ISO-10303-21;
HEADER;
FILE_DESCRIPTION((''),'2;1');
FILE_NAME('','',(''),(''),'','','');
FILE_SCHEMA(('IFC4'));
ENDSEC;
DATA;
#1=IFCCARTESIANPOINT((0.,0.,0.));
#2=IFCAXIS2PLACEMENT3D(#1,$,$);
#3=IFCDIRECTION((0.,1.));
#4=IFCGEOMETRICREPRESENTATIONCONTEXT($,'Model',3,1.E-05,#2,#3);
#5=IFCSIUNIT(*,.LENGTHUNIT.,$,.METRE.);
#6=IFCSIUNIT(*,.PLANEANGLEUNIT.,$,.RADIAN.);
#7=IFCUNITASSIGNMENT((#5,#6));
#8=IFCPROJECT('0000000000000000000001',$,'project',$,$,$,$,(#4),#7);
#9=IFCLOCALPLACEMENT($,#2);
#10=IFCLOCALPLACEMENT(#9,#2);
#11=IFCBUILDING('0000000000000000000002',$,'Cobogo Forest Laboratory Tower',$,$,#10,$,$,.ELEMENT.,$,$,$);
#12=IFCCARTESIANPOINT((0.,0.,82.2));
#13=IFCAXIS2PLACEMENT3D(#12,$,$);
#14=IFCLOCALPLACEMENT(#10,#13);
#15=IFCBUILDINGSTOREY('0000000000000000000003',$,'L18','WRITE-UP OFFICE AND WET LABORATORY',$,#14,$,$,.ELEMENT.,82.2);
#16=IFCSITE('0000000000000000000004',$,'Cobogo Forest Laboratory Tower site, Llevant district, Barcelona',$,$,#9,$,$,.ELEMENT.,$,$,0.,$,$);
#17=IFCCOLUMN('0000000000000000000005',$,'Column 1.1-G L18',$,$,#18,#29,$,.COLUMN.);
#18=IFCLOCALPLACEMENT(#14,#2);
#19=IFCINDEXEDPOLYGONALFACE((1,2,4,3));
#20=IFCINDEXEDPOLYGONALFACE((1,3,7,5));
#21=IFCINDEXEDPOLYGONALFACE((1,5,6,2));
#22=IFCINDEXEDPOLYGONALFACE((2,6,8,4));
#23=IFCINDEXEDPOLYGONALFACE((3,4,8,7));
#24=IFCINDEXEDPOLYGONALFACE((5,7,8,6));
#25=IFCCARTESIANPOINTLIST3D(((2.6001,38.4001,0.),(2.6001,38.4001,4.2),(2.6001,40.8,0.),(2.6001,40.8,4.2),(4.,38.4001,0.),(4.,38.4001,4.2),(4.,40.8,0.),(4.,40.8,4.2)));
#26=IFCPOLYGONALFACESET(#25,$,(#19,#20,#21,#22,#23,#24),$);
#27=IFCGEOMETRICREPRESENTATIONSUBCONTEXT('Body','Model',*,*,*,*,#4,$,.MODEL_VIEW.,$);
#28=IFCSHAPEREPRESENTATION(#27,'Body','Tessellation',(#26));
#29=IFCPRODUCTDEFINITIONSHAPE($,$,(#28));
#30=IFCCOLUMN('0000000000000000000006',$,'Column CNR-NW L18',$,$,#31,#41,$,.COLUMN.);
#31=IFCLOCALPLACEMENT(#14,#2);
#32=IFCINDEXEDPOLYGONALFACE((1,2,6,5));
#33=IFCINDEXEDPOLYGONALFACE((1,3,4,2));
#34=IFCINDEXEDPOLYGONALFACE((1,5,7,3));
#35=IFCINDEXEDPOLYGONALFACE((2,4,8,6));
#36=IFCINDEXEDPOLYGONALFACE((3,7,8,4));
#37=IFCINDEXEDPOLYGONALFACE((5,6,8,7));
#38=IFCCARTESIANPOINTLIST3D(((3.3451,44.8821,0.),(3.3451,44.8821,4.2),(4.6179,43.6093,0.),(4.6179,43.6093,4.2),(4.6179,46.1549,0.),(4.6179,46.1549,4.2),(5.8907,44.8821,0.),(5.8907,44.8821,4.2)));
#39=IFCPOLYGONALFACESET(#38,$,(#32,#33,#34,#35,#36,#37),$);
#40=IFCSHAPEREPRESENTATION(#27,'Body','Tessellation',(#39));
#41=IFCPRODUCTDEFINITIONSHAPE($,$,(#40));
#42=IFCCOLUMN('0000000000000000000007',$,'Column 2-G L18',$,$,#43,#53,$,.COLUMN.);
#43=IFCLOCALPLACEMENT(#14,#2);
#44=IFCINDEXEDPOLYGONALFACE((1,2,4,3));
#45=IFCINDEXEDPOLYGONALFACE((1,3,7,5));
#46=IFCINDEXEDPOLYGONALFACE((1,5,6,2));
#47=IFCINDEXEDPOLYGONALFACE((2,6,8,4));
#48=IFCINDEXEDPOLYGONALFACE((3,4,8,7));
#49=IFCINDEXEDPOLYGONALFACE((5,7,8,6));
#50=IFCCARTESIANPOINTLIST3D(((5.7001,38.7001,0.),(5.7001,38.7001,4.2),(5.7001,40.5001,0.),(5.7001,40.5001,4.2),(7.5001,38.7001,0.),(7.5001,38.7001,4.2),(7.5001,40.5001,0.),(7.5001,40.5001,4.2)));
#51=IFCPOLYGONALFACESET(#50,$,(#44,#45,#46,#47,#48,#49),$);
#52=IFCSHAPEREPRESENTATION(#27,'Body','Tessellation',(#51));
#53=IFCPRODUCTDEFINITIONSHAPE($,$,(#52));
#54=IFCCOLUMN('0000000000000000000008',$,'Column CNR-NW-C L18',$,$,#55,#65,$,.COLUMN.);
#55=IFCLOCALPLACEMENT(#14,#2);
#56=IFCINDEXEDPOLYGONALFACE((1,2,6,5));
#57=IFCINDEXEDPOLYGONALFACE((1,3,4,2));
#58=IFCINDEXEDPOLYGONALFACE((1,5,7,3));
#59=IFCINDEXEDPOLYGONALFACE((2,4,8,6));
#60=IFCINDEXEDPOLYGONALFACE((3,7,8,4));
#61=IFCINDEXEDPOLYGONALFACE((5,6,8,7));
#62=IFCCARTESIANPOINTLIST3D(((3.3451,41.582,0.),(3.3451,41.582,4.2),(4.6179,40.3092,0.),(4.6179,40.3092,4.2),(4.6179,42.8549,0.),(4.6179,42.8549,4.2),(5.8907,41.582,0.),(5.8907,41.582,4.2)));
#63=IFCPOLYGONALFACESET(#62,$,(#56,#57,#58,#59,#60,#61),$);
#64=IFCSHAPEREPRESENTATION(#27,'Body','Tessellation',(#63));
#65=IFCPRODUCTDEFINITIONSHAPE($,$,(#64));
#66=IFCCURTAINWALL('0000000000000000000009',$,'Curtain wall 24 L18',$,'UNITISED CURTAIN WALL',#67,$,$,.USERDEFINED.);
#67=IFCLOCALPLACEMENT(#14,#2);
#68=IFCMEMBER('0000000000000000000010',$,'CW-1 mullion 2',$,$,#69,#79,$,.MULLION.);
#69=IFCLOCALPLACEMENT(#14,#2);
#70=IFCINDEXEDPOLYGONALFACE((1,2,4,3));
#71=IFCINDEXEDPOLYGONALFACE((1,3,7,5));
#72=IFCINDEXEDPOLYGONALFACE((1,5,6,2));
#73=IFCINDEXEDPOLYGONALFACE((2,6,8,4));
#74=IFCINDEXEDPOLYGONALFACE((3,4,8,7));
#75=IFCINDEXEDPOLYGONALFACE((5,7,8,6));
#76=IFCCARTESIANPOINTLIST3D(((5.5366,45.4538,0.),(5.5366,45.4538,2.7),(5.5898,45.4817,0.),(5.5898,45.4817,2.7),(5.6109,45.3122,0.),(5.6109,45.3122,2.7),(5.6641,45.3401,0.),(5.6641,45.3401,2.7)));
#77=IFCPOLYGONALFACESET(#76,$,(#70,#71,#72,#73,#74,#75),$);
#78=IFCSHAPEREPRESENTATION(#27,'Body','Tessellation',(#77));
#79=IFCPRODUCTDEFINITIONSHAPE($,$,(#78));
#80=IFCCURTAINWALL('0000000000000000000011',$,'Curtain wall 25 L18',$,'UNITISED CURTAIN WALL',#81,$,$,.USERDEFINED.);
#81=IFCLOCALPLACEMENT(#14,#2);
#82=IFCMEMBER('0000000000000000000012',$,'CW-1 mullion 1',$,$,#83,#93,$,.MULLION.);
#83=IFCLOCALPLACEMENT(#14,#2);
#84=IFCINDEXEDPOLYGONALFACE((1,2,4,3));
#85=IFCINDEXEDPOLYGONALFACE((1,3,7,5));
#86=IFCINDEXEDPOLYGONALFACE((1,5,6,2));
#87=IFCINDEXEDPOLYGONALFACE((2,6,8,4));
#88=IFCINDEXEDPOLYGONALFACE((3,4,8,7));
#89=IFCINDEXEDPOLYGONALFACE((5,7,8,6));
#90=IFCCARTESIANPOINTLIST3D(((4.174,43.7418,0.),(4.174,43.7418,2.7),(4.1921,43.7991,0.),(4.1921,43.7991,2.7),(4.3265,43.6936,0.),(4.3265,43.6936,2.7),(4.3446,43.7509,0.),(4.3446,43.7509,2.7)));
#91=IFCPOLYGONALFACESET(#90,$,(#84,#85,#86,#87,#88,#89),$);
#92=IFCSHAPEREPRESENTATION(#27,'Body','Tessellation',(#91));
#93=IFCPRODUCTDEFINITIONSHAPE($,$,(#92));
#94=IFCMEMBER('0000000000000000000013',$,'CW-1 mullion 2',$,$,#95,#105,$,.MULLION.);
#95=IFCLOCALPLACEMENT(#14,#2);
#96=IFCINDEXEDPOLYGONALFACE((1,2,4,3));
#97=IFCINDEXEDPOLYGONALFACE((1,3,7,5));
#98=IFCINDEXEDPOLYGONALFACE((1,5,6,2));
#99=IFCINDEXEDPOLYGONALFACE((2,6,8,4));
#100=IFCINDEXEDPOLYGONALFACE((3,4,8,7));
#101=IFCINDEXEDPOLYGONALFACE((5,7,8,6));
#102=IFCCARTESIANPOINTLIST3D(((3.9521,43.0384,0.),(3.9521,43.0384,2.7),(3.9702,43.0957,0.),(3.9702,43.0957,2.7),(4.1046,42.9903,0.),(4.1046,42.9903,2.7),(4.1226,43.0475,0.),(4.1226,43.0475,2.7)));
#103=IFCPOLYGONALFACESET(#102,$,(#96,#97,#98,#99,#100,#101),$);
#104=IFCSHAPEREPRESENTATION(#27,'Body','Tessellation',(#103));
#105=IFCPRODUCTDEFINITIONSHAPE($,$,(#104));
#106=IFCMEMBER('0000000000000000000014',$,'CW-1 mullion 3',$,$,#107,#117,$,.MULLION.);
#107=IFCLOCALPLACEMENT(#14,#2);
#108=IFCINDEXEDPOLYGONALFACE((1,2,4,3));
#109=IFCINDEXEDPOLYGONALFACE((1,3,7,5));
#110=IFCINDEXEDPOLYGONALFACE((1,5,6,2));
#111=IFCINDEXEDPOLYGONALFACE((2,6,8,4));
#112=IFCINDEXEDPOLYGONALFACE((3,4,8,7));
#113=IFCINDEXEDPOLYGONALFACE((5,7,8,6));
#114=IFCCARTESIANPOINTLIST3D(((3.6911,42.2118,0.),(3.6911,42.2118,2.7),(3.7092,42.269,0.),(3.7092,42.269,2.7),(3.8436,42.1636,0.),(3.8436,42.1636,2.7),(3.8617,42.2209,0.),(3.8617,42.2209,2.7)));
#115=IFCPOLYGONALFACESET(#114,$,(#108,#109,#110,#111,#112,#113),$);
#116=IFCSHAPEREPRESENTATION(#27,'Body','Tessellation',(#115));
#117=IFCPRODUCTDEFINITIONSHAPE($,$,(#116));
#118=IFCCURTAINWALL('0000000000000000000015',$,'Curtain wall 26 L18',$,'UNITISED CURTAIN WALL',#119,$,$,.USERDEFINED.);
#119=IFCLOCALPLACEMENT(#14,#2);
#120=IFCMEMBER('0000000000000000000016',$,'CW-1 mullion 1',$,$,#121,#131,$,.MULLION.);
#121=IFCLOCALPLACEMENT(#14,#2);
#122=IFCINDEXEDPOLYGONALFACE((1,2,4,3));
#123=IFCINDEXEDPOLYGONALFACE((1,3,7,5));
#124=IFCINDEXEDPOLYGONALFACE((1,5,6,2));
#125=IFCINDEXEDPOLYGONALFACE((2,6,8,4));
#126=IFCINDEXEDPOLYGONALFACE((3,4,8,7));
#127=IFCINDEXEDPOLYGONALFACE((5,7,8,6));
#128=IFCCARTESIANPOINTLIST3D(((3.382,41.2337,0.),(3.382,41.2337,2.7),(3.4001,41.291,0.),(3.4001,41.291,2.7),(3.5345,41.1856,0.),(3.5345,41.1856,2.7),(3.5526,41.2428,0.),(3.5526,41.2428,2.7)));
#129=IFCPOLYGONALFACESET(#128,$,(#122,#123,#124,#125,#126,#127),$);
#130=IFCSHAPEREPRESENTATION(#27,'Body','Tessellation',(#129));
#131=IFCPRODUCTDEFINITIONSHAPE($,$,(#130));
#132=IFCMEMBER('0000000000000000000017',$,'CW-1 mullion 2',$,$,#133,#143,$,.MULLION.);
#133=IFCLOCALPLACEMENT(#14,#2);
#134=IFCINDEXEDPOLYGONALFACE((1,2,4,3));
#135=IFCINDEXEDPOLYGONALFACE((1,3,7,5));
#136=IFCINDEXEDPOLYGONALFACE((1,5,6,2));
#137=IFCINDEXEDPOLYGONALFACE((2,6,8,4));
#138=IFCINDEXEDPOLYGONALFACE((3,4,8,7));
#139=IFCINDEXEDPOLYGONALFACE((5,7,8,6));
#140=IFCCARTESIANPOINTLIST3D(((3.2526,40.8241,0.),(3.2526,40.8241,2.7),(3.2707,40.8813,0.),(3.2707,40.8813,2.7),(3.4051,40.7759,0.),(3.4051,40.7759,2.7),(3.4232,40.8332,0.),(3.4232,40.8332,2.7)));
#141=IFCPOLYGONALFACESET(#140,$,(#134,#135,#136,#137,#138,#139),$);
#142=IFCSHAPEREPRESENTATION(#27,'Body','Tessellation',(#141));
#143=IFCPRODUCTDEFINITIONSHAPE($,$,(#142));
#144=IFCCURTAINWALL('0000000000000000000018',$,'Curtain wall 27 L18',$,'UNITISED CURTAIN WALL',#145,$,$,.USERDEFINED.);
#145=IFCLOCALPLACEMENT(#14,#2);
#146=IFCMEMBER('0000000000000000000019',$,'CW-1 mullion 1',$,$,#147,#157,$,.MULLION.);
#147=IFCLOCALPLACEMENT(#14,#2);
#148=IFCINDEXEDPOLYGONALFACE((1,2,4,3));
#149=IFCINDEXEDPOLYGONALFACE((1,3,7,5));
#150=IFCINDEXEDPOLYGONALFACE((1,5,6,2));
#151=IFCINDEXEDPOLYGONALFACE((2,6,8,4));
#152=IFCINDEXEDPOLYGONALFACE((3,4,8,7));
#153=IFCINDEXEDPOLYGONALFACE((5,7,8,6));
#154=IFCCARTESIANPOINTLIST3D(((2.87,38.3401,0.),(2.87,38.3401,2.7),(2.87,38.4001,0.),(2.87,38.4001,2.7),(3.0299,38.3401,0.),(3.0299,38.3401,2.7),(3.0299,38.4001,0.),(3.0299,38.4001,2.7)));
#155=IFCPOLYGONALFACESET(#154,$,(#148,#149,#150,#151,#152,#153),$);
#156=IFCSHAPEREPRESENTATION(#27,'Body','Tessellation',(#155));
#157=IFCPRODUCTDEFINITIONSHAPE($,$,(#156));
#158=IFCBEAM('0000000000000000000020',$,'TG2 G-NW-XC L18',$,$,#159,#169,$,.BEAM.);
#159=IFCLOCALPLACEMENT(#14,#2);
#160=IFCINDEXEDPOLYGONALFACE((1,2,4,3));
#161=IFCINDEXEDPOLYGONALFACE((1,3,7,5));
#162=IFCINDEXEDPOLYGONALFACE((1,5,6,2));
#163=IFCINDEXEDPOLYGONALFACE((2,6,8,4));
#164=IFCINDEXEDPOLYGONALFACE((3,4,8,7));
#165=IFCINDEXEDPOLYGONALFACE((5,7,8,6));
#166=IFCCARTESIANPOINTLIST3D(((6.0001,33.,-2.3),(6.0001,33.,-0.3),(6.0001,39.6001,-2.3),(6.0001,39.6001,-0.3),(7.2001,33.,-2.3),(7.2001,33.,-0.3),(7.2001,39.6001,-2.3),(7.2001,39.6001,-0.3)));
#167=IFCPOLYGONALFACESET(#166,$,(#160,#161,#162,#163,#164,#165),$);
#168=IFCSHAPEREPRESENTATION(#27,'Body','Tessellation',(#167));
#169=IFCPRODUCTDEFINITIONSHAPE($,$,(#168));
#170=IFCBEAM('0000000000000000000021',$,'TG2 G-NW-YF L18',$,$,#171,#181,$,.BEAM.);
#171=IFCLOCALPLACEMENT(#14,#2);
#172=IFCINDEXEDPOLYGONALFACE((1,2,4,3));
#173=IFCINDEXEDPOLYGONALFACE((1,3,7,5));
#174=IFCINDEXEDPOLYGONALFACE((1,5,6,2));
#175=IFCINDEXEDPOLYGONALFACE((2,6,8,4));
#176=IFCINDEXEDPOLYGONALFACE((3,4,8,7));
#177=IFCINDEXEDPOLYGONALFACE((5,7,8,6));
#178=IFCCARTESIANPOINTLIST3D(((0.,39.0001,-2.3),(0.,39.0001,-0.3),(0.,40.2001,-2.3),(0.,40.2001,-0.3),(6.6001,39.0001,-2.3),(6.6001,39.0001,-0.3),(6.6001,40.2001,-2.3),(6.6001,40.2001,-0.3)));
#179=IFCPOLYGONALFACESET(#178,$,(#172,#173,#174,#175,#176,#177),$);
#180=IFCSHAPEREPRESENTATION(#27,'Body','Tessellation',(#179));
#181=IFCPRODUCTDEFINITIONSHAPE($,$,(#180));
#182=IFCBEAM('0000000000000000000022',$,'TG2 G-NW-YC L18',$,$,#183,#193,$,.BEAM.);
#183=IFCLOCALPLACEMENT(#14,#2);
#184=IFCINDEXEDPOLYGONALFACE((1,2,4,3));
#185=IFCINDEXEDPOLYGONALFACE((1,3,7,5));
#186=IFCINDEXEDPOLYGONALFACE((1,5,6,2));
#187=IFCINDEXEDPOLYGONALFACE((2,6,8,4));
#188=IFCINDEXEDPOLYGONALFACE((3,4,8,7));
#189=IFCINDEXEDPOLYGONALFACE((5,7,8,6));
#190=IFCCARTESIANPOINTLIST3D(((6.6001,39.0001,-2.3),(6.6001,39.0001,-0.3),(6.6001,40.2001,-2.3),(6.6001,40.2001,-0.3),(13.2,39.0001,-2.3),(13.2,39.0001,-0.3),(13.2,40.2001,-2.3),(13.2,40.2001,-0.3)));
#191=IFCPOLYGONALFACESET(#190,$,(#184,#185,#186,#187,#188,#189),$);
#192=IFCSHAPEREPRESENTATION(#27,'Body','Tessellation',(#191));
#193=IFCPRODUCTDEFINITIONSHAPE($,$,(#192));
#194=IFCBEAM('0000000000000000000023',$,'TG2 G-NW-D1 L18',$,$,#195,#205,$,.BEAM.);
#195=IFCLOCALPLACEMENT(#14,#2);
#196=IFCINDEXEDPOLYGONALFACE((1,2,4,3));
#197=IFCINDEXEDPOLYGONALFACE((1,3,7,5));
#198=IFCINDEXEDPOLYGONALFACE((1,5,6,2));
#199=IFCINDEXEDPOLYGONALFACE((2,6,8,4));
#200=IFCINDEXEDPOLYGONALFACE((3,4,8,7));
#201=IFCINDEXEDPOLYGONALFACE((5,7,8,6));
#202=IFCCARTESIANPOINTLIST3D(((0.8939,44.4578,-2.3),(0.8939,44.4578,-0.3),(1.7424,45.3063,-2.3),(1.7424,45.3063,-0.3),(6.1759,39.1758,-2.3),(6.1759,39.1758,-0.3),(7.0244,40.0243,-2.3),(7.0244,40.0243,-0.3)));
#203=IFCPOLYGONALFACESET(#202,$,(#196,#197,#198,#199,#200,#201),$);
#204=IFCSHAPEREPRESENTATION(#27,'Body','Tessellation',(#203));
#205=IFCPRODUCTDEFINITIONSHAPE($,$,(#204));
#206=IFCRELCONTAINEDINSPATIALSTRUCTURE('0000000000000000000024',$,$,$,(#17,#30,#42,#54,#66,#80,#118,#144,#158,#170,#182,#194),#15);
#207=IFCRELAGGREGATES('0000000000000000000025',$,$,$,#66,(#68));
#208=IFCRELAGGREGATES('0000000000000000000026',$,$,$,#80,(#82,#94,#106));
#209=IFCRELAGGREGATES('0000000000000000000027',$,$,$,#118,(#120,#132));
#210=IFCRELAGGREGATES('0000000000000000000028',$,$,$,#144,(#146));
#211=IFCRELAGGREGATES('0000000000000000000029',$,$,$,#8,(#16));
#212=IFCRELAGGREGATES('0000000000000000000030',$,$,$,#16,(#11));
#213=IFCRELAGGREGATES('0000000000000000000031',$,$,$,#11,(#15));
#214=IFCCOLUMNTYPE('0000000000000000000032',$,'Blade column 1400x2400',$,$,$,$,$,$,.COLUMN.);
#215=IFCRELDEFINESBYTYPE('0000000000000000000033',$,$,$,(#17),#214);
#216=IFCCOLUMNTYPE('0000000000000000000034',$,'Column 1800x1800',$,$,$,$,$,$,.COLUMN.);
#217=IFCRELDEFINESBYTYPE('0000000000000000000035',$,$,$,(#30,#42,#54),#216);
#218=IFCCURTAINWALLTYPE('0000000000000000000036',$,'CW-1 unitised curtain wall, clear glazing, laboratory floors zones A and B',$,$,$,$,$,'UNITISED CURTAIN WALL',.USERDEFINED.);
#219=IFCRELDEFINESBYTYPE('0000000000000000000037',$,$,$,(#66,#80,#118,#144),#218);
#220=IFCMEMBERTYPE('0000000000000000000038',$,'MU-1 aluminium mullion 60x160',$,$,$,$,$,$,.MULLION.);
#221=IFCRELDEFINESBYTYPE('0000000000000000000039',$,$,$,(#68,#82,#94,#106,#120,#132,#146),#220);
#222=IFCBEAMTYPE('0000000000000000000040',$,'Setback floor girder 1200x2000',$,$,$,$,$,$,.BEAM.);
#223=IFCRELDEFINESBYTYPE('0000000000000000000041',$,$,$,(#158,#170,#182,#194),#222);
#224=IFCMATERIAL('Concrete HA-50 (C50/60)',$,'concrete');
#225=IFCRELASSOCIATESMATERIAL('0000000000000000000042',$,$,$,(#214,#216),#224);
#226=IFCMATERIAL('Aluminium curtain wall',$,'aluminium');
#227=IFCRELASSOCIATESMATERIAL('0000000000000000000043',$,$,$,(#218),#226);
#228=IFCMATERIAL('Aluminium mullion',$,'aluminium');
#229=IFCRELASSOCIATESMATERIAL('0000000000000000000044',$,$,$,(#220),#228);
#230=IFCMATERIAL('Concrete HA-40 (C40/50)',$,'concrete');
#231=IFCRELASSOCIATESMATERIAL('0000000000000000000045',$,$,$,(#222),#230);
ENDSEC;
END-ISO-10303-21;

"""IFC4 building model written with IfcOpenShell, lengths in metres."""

from ifc_helpers import new_model, si_unit, direction, frame, origin, origin_2d, place, context, subcontext, project, spatial, rectangle, extrude, material, material_profile, profile_set, type_object, element, aggregate, save


model = new_model("IFC4")

# Units and contexts
model_context = context("Model", 3, precision=1e-05, world=origin(), true_north=direction((0.0, 1.0)))
body_context = subcontext(model_context, "Body", "Model", "MODEL_VIEW")
ifc_project = project(units=[si_unit("LENGTHUNIT", "METRE"), si_unit("PLANEANGLEUNIT", "RADIAN")], contexts=[model_context])

# Site, building, storey
site_placement = place(None, origin())
site = spatial("IfcSite", under=ifc_project, at=site_placement, Name="Cobogo Forest Laboratory Tower site, Llevant district, Barcelona", CompositionType="ELEMENT", RefElevation=0.0)
building_placement = place(site_placement, origin())
building = spatial("IfcBuilding", under=site, at=building_placement, Name="Cobogo Forest Laboratory Tower", CompositionType="ELEMENT")
storey_placement = place(building_placement, frame((0.0, 0.0, 82.2)))
storey = spatial("IfcBuildingStorey", under=building, at=storey_placement, Name="L18", Description="WRITE-UP OFFICE AND WET LABORATORY", CompositionType="ELEMENT", Elevation=82.2)

# Columns
ifc_material_1 = material(Name="Concrete HA-50 (C50/60)", Category="concrete")
ifc_material_profile_1 = material_profile(ifc_material_1, rectangle(XDim=2.3999, YDim=1.3999, at=origin_2d()), Name="RC 1400x2400")
ifc_profile_set_1 = profile_set([ifc_material_profile_1], Name="Concrete HA-50 (C50/60)")
column_type_1 = type_object("IfcColumnType", Name="Blade column 1400x2400", PredefinedType="COLUMN", material=ifc_profile_set_1)
column_placement = place(storey_placement, frame((3.3, 39.6001, 0.0), z_axis=(0.0, 0.0, 1.0), x_axis=(0.0, 1.0, 0.0)))
element("IfcColumn", 1, at=column_placement, inside=storey, type_object=column_type_1, Name="Column 1.1-G L18", PredefinedType="COLUMN", context=body_context, shape_type="SweptSolid", body=[
    extrude(rectangle(XDim=2.3999, YDim=1.3999, at=origin_2d()), origin(), (0.0, 0.0, 1.0), 4.2),
])
ifc_material_profile_2 = material_profile(ifc_material_1, rectangle(XDim=1.8, YDim=1.8, at=origin_2d()), Name="RC 1800x1800")
ifc_profile_set_2 = profile_set([ifc_material_profile_2], Name="Concrete HA-50 (C50/60)")
column_type_2 = type_object("IfcColumnType", Name="Column 1800x1800", PredefinedType="COLUMN", material=ifc_profile_set_2)
for number, where, z_axis, x_axis, name in (
    (2, (4.6179, 44.8821, 0.0), (0.0, 0.0, 1.0), (0.707107, 0.707107, 0.0), "Column CNR-NW L18"),
    (3, (6.6001, 39.6001, 0.0), (0.0, 0.0, 1.0), (1.0, 0.0, 0.0), "Column 2-G L18"),
    (4, (4.6179, 41.582, 0.0), (0.0, 0.0, 1.0), (0.707107, 0.707107, 0.0), "Column CNR-NW-C L18"),
):
    element("IfcColumn", number, at=place(storey_placement, frame(where, z_axis=z_axis, x_axis=x_axis)), inside=storey, type_object=column_type_2, Name=name, PredefinedType="COLUMN", context=body_context, shape_type="SweptSolid", body=[
        extrude(rectangle(XDim=1.8, YDim=1.8, at=origin_2d()), origin(), (0.0, 0.0, 1.0), 4.2),
    ])

# Curtain wall, member
ifc_material_2 = material(Name="Aluminium curtain wall", Category="aluminium")
curtain_wall_type = type_object("IfcCurtainWallType", Name="CW-1 unitised curtain wall, clear glazing, laboratory floors zones A and B", ElementType="UNITISED CURTAIN WALL", PredefinedType="USERDEFINED", material=ifc_material_2)
curtain_wall_1_placement = place(storey_placement, origin())
curtain_wall_1 = element("IfcCurtainWall", 5, at=curtain_wall_1_placement, inside=storey, type_object=curtain_wall_type, Name="Curtain wall 24 L18", ObjectType="UNITISED CURTAIN WALL", PredefinedType="USERDEFINED")
ifc_material_3 = material(Name="Aluminium mullion", Category="aluminium")
ifc_material_profile_3 = material_profile(ifc_material_3, rectangle(XDim=0.0601, YDim=0.1599, at=origin_2d()), Name="AL 60x160")
ifc_profile_set_3 = profile_set([ifc_material_profile_3], Name="Aluminium mullion")
member_type_1 = type_object("IfcMemberType", Name="MU-1 aluminium mullion 60x160", PredefinedType="MULLION", material=ifc_profile_set_3)
member_1_placement = place(storey_placement, frame((5.6003, 45.397, 0.0), z_axis=(0.0, 0.0, 1.0), x_axis=(-0.885687, -0.464284, 0.0)))
member_1 = element("IfcMember", 6, at=member_1_placement, type_object=member_type_1, Name="CW-1 mullion 2", PredefinedType="MULLION", context=body_context, shape_type="SweptSolid", body=[
    extrude(rectangle(XDim=0.0601, YDim=0.1599, at=origin_2d()), origin(), (0.0, 0.0, 1.0), 2.7),
])
aggregate(curtain_wall_1, [member_1])

# Curtain walls, members
curtain_wall_2_placement = place(storey_placement, origin())
curtain_wall_2 = element("IfcCurtainWall", 7, at=curtain_wall_2_placement, inside=storey, type_object=curtain_wall_type, Name="Curtain wall 25 L18", ObjectType="UNITISED CURTAIN WALL", PredefinedType="USERDEFINED")
member_2_placement = place(storey_placement, frame((4.2593, 43.7463, 0.0), z_axis=(0.0, 0.0, 1.0), x_axis=(-0.301135, -0.953581, 0.0)))
member_2 = element("IfcMember", 8, at=member_2_placement, type_object=member_type_1, Name="CW-1 mullion 1", PredefinedType="MULLION", context=body_context, shape_type="SweptSolid", body=[
    extrude(rectangle(XDim=0.0601, YDim=0.1599, at=origin_2d()), origin(), (0.0, 0.0, 1.0), 2.7),
])
member_3_placement = place(storey_placement, frame((4.0374, 43.043, 0.0), z_axis=(0.0, 0.0, 1.0), x_axis=(-0.301135, -0.953581, 0.0)))
member_3 = element("IfcMember", 9, at=member_3_placement, type_object=member_type_1, Name="CW-1 mullion 2", PredefinedType="MULLION", context=body_context, shape_type="SweptSolid", body=[
    extrude(rectangle(XDim=0.0601, YDim=0.1599, at=origin_2d()), origin(), (0.0, 0.0, 1.0), 2.7),
])
member_4_placement = place(storey_placement, frame((3.7764, 42.2163, 0.0), z_axis=(0.0, 0.0, 1.0), x_axis=(-0.301135, -0.953581, 0.0)))
member_4 = element("IfcMember", 10, at=member_4_placement, type_object=member_type_1, Name="CW-1 mullion 3", PredefinedType="MULLION", context=body_context, shape_type="SweptSolid", body=[
    extrude(rectangle(XDim=0.0601, YDim=0.1599, at=origin_2d()), origin(), (0.0, 0.0, 1.0), 2.7),
])
curtain_wall_3_placement = place(storey_placement, origin())
curtain_wall_3 = element("IfcCurtainWall", 11, at=curtain_wall_3_placement, inside=storey, type_object=curtain_wall_type, Name="Curtain wall 26 L18", ObjectType="UNITISED CURTAIN WALL", PredefinedType="USERDEFINED")
member_5_placement = place(storey_placement, frame((3.4673, 41.2383, 0.0), z_axis=(0.0, 0.0, 1.0), x_axis=(-0.301135, -0.953582, 0.0)))
member_5 = element("IfcMember", 12, at=member_5_placement, type_object=member_type_1, Name="CW-1 mullion 1", PredefinedType="MULLION", context=body_context, shape_type="SweptSolid", body=[
    extrude(rectangle(XDim=0.0601, YDim=0.1599, at=origin_2d()), origin(), (0.0, 0.0, 1.0), 2.7),
])
member_6_placement = place(storey_placement, frame((3.3379, 40.8286, 0.0), z_axis=(0.0, 0.0, 1.0), x_axis=(-0.301135, -0.953582, 0.0)))
member_6 = element("IfcMember", 13, at=member_6_placement, type_object=member_type_1, Name="CW-1 mullion 2", PredefinedType="MULLION", context=body_context, shape_type="SweptSolid", body=[
    extrude(rectangle(XDim=0.0601, YDim=0.1599, at=origin_2d()), origin(), (0.0, 0.0, 1.0), 2.7),
])

# Curtain wall, member
curtain_wall_4_placement = place(storey_placement, origin())
curtain_wall_4 = element("IfcCurtainWall", 14, at=curtain_wall_4_placement, inside=storey, type_object=curtain_wall_type, Name="Curtain wall 27 L18", ObjectType="UNITISED CURTAIN WALL", PredefinedType="USERDEFINED")
member_7_placement = place(storey_placement, frame((2.95, 38.3701, 0.0), z_axis=(0.0, 0.0, 1.0), x_axis=(0.0, -1.0, 0.0)))
member_7 = element("IfcMember", 15, at=member_7_placement, type_object=member_type_1, Name="CW-1 mullion 1", PredefinedType="MULLION", context=body_context, shape_type="SweptSolid", body=[
    extrude(rectangle(XDim=0.0601, YDim=0.1599, at=origin_2d()), origin(), (0.0, 0.0, 1.0), 2.7),
])

# Beams
ifc_material_4 = material(Name="Concrete HA-40 (C40/50)", Category="concrete")
ifc_material_profile_4 = material_profile(ifc_material_4, rectangle(XDim=1.2, YDim=2.0, at=origin_2d()), Name="RC 1200x2000")
ifc_profile_set_4 = profile_set([ifc_material_profile_4], Name="Concrete HA-40 (C40/50)")
beam_type = type_object("IfcBeamType", Name="Setback floor girder 1200x2000", PredefinedType="BEAM", material=ifc_profile_set_4)
for number, where, z_axis, x_axis, name in (
    (16, (6.6001, 39.6001, -1.3), (0.0, -1.0, 0.0), (1.0, 0.0, 0.0), "TG2 G-NW-XC L18"),
    (17, (0.0, 39.6001, -1.3), (1.0, 0.0, 0.0), (0.0, 1.0, 0.0), "TG2 G-NW-YF L18"),
):
    element("IfcBeam", number, at=place(storey_placement, frame(where, z_axis=z_axis, x_axis=x_axis)), inside=storey, type_object=beam_type, Name=name, PredefinedType="BEAM", context=body_context, shape_type="SweptSolid", body=[
        extrude(rectangle(XDim=1.2, YDim=2.0, at=origin_2d()), origin(), (0.0, 0.0, 1.0), 6.6001),
    ])
beam_1_placement = place(storey_placement, frame((6.6001, 39.6001, -1.3), z_axis=(1.0, 0.0, 0.0), x_axis=(0.0, 1.0, 0.0)))
element("IfcBeam", 18, at=beam_1_placement, inside=storey, type_object=beam_type, Name="TG2 G-NW-YC L18", PredefinedType="BEAM", context=body_context, shape_type="SweptSolid", body=[
    extrude(rectangle(XDim=1.2, YDim=2.0, at=origin_2d()), origin(), (0.0, 0.0, 1.0), 6.5999),
])
beam_2_placement = place(storey_placement, frame((1.3181, 44.8821, -1.3), z_axis=(0.707107, -0.707107, 0.0), x_axis=(0.707107, 0.707107, 0.0)))
element("IfcBeam", 19, at=beam_2_placement, inside=storey, type_object=beam_type, Name="TG2 G-NW-D1 L18", PredefinedType="BEAM", context=body_context, shape_type="SweptSolid", body=[
    extrude(rectangle(XDim=1.2, YDim=2.0, at=origin_2d()), origin(), (0.0, 0.0, 1.0), 7.47),
])

aggregate(curtain_wall_2, [member_2, member_3, member_4])
aggregate(curtain_wall_3, [member_5, member_6])
aggregate(curtain_wall_4, [member_7])

save(model, "model.ifc")
